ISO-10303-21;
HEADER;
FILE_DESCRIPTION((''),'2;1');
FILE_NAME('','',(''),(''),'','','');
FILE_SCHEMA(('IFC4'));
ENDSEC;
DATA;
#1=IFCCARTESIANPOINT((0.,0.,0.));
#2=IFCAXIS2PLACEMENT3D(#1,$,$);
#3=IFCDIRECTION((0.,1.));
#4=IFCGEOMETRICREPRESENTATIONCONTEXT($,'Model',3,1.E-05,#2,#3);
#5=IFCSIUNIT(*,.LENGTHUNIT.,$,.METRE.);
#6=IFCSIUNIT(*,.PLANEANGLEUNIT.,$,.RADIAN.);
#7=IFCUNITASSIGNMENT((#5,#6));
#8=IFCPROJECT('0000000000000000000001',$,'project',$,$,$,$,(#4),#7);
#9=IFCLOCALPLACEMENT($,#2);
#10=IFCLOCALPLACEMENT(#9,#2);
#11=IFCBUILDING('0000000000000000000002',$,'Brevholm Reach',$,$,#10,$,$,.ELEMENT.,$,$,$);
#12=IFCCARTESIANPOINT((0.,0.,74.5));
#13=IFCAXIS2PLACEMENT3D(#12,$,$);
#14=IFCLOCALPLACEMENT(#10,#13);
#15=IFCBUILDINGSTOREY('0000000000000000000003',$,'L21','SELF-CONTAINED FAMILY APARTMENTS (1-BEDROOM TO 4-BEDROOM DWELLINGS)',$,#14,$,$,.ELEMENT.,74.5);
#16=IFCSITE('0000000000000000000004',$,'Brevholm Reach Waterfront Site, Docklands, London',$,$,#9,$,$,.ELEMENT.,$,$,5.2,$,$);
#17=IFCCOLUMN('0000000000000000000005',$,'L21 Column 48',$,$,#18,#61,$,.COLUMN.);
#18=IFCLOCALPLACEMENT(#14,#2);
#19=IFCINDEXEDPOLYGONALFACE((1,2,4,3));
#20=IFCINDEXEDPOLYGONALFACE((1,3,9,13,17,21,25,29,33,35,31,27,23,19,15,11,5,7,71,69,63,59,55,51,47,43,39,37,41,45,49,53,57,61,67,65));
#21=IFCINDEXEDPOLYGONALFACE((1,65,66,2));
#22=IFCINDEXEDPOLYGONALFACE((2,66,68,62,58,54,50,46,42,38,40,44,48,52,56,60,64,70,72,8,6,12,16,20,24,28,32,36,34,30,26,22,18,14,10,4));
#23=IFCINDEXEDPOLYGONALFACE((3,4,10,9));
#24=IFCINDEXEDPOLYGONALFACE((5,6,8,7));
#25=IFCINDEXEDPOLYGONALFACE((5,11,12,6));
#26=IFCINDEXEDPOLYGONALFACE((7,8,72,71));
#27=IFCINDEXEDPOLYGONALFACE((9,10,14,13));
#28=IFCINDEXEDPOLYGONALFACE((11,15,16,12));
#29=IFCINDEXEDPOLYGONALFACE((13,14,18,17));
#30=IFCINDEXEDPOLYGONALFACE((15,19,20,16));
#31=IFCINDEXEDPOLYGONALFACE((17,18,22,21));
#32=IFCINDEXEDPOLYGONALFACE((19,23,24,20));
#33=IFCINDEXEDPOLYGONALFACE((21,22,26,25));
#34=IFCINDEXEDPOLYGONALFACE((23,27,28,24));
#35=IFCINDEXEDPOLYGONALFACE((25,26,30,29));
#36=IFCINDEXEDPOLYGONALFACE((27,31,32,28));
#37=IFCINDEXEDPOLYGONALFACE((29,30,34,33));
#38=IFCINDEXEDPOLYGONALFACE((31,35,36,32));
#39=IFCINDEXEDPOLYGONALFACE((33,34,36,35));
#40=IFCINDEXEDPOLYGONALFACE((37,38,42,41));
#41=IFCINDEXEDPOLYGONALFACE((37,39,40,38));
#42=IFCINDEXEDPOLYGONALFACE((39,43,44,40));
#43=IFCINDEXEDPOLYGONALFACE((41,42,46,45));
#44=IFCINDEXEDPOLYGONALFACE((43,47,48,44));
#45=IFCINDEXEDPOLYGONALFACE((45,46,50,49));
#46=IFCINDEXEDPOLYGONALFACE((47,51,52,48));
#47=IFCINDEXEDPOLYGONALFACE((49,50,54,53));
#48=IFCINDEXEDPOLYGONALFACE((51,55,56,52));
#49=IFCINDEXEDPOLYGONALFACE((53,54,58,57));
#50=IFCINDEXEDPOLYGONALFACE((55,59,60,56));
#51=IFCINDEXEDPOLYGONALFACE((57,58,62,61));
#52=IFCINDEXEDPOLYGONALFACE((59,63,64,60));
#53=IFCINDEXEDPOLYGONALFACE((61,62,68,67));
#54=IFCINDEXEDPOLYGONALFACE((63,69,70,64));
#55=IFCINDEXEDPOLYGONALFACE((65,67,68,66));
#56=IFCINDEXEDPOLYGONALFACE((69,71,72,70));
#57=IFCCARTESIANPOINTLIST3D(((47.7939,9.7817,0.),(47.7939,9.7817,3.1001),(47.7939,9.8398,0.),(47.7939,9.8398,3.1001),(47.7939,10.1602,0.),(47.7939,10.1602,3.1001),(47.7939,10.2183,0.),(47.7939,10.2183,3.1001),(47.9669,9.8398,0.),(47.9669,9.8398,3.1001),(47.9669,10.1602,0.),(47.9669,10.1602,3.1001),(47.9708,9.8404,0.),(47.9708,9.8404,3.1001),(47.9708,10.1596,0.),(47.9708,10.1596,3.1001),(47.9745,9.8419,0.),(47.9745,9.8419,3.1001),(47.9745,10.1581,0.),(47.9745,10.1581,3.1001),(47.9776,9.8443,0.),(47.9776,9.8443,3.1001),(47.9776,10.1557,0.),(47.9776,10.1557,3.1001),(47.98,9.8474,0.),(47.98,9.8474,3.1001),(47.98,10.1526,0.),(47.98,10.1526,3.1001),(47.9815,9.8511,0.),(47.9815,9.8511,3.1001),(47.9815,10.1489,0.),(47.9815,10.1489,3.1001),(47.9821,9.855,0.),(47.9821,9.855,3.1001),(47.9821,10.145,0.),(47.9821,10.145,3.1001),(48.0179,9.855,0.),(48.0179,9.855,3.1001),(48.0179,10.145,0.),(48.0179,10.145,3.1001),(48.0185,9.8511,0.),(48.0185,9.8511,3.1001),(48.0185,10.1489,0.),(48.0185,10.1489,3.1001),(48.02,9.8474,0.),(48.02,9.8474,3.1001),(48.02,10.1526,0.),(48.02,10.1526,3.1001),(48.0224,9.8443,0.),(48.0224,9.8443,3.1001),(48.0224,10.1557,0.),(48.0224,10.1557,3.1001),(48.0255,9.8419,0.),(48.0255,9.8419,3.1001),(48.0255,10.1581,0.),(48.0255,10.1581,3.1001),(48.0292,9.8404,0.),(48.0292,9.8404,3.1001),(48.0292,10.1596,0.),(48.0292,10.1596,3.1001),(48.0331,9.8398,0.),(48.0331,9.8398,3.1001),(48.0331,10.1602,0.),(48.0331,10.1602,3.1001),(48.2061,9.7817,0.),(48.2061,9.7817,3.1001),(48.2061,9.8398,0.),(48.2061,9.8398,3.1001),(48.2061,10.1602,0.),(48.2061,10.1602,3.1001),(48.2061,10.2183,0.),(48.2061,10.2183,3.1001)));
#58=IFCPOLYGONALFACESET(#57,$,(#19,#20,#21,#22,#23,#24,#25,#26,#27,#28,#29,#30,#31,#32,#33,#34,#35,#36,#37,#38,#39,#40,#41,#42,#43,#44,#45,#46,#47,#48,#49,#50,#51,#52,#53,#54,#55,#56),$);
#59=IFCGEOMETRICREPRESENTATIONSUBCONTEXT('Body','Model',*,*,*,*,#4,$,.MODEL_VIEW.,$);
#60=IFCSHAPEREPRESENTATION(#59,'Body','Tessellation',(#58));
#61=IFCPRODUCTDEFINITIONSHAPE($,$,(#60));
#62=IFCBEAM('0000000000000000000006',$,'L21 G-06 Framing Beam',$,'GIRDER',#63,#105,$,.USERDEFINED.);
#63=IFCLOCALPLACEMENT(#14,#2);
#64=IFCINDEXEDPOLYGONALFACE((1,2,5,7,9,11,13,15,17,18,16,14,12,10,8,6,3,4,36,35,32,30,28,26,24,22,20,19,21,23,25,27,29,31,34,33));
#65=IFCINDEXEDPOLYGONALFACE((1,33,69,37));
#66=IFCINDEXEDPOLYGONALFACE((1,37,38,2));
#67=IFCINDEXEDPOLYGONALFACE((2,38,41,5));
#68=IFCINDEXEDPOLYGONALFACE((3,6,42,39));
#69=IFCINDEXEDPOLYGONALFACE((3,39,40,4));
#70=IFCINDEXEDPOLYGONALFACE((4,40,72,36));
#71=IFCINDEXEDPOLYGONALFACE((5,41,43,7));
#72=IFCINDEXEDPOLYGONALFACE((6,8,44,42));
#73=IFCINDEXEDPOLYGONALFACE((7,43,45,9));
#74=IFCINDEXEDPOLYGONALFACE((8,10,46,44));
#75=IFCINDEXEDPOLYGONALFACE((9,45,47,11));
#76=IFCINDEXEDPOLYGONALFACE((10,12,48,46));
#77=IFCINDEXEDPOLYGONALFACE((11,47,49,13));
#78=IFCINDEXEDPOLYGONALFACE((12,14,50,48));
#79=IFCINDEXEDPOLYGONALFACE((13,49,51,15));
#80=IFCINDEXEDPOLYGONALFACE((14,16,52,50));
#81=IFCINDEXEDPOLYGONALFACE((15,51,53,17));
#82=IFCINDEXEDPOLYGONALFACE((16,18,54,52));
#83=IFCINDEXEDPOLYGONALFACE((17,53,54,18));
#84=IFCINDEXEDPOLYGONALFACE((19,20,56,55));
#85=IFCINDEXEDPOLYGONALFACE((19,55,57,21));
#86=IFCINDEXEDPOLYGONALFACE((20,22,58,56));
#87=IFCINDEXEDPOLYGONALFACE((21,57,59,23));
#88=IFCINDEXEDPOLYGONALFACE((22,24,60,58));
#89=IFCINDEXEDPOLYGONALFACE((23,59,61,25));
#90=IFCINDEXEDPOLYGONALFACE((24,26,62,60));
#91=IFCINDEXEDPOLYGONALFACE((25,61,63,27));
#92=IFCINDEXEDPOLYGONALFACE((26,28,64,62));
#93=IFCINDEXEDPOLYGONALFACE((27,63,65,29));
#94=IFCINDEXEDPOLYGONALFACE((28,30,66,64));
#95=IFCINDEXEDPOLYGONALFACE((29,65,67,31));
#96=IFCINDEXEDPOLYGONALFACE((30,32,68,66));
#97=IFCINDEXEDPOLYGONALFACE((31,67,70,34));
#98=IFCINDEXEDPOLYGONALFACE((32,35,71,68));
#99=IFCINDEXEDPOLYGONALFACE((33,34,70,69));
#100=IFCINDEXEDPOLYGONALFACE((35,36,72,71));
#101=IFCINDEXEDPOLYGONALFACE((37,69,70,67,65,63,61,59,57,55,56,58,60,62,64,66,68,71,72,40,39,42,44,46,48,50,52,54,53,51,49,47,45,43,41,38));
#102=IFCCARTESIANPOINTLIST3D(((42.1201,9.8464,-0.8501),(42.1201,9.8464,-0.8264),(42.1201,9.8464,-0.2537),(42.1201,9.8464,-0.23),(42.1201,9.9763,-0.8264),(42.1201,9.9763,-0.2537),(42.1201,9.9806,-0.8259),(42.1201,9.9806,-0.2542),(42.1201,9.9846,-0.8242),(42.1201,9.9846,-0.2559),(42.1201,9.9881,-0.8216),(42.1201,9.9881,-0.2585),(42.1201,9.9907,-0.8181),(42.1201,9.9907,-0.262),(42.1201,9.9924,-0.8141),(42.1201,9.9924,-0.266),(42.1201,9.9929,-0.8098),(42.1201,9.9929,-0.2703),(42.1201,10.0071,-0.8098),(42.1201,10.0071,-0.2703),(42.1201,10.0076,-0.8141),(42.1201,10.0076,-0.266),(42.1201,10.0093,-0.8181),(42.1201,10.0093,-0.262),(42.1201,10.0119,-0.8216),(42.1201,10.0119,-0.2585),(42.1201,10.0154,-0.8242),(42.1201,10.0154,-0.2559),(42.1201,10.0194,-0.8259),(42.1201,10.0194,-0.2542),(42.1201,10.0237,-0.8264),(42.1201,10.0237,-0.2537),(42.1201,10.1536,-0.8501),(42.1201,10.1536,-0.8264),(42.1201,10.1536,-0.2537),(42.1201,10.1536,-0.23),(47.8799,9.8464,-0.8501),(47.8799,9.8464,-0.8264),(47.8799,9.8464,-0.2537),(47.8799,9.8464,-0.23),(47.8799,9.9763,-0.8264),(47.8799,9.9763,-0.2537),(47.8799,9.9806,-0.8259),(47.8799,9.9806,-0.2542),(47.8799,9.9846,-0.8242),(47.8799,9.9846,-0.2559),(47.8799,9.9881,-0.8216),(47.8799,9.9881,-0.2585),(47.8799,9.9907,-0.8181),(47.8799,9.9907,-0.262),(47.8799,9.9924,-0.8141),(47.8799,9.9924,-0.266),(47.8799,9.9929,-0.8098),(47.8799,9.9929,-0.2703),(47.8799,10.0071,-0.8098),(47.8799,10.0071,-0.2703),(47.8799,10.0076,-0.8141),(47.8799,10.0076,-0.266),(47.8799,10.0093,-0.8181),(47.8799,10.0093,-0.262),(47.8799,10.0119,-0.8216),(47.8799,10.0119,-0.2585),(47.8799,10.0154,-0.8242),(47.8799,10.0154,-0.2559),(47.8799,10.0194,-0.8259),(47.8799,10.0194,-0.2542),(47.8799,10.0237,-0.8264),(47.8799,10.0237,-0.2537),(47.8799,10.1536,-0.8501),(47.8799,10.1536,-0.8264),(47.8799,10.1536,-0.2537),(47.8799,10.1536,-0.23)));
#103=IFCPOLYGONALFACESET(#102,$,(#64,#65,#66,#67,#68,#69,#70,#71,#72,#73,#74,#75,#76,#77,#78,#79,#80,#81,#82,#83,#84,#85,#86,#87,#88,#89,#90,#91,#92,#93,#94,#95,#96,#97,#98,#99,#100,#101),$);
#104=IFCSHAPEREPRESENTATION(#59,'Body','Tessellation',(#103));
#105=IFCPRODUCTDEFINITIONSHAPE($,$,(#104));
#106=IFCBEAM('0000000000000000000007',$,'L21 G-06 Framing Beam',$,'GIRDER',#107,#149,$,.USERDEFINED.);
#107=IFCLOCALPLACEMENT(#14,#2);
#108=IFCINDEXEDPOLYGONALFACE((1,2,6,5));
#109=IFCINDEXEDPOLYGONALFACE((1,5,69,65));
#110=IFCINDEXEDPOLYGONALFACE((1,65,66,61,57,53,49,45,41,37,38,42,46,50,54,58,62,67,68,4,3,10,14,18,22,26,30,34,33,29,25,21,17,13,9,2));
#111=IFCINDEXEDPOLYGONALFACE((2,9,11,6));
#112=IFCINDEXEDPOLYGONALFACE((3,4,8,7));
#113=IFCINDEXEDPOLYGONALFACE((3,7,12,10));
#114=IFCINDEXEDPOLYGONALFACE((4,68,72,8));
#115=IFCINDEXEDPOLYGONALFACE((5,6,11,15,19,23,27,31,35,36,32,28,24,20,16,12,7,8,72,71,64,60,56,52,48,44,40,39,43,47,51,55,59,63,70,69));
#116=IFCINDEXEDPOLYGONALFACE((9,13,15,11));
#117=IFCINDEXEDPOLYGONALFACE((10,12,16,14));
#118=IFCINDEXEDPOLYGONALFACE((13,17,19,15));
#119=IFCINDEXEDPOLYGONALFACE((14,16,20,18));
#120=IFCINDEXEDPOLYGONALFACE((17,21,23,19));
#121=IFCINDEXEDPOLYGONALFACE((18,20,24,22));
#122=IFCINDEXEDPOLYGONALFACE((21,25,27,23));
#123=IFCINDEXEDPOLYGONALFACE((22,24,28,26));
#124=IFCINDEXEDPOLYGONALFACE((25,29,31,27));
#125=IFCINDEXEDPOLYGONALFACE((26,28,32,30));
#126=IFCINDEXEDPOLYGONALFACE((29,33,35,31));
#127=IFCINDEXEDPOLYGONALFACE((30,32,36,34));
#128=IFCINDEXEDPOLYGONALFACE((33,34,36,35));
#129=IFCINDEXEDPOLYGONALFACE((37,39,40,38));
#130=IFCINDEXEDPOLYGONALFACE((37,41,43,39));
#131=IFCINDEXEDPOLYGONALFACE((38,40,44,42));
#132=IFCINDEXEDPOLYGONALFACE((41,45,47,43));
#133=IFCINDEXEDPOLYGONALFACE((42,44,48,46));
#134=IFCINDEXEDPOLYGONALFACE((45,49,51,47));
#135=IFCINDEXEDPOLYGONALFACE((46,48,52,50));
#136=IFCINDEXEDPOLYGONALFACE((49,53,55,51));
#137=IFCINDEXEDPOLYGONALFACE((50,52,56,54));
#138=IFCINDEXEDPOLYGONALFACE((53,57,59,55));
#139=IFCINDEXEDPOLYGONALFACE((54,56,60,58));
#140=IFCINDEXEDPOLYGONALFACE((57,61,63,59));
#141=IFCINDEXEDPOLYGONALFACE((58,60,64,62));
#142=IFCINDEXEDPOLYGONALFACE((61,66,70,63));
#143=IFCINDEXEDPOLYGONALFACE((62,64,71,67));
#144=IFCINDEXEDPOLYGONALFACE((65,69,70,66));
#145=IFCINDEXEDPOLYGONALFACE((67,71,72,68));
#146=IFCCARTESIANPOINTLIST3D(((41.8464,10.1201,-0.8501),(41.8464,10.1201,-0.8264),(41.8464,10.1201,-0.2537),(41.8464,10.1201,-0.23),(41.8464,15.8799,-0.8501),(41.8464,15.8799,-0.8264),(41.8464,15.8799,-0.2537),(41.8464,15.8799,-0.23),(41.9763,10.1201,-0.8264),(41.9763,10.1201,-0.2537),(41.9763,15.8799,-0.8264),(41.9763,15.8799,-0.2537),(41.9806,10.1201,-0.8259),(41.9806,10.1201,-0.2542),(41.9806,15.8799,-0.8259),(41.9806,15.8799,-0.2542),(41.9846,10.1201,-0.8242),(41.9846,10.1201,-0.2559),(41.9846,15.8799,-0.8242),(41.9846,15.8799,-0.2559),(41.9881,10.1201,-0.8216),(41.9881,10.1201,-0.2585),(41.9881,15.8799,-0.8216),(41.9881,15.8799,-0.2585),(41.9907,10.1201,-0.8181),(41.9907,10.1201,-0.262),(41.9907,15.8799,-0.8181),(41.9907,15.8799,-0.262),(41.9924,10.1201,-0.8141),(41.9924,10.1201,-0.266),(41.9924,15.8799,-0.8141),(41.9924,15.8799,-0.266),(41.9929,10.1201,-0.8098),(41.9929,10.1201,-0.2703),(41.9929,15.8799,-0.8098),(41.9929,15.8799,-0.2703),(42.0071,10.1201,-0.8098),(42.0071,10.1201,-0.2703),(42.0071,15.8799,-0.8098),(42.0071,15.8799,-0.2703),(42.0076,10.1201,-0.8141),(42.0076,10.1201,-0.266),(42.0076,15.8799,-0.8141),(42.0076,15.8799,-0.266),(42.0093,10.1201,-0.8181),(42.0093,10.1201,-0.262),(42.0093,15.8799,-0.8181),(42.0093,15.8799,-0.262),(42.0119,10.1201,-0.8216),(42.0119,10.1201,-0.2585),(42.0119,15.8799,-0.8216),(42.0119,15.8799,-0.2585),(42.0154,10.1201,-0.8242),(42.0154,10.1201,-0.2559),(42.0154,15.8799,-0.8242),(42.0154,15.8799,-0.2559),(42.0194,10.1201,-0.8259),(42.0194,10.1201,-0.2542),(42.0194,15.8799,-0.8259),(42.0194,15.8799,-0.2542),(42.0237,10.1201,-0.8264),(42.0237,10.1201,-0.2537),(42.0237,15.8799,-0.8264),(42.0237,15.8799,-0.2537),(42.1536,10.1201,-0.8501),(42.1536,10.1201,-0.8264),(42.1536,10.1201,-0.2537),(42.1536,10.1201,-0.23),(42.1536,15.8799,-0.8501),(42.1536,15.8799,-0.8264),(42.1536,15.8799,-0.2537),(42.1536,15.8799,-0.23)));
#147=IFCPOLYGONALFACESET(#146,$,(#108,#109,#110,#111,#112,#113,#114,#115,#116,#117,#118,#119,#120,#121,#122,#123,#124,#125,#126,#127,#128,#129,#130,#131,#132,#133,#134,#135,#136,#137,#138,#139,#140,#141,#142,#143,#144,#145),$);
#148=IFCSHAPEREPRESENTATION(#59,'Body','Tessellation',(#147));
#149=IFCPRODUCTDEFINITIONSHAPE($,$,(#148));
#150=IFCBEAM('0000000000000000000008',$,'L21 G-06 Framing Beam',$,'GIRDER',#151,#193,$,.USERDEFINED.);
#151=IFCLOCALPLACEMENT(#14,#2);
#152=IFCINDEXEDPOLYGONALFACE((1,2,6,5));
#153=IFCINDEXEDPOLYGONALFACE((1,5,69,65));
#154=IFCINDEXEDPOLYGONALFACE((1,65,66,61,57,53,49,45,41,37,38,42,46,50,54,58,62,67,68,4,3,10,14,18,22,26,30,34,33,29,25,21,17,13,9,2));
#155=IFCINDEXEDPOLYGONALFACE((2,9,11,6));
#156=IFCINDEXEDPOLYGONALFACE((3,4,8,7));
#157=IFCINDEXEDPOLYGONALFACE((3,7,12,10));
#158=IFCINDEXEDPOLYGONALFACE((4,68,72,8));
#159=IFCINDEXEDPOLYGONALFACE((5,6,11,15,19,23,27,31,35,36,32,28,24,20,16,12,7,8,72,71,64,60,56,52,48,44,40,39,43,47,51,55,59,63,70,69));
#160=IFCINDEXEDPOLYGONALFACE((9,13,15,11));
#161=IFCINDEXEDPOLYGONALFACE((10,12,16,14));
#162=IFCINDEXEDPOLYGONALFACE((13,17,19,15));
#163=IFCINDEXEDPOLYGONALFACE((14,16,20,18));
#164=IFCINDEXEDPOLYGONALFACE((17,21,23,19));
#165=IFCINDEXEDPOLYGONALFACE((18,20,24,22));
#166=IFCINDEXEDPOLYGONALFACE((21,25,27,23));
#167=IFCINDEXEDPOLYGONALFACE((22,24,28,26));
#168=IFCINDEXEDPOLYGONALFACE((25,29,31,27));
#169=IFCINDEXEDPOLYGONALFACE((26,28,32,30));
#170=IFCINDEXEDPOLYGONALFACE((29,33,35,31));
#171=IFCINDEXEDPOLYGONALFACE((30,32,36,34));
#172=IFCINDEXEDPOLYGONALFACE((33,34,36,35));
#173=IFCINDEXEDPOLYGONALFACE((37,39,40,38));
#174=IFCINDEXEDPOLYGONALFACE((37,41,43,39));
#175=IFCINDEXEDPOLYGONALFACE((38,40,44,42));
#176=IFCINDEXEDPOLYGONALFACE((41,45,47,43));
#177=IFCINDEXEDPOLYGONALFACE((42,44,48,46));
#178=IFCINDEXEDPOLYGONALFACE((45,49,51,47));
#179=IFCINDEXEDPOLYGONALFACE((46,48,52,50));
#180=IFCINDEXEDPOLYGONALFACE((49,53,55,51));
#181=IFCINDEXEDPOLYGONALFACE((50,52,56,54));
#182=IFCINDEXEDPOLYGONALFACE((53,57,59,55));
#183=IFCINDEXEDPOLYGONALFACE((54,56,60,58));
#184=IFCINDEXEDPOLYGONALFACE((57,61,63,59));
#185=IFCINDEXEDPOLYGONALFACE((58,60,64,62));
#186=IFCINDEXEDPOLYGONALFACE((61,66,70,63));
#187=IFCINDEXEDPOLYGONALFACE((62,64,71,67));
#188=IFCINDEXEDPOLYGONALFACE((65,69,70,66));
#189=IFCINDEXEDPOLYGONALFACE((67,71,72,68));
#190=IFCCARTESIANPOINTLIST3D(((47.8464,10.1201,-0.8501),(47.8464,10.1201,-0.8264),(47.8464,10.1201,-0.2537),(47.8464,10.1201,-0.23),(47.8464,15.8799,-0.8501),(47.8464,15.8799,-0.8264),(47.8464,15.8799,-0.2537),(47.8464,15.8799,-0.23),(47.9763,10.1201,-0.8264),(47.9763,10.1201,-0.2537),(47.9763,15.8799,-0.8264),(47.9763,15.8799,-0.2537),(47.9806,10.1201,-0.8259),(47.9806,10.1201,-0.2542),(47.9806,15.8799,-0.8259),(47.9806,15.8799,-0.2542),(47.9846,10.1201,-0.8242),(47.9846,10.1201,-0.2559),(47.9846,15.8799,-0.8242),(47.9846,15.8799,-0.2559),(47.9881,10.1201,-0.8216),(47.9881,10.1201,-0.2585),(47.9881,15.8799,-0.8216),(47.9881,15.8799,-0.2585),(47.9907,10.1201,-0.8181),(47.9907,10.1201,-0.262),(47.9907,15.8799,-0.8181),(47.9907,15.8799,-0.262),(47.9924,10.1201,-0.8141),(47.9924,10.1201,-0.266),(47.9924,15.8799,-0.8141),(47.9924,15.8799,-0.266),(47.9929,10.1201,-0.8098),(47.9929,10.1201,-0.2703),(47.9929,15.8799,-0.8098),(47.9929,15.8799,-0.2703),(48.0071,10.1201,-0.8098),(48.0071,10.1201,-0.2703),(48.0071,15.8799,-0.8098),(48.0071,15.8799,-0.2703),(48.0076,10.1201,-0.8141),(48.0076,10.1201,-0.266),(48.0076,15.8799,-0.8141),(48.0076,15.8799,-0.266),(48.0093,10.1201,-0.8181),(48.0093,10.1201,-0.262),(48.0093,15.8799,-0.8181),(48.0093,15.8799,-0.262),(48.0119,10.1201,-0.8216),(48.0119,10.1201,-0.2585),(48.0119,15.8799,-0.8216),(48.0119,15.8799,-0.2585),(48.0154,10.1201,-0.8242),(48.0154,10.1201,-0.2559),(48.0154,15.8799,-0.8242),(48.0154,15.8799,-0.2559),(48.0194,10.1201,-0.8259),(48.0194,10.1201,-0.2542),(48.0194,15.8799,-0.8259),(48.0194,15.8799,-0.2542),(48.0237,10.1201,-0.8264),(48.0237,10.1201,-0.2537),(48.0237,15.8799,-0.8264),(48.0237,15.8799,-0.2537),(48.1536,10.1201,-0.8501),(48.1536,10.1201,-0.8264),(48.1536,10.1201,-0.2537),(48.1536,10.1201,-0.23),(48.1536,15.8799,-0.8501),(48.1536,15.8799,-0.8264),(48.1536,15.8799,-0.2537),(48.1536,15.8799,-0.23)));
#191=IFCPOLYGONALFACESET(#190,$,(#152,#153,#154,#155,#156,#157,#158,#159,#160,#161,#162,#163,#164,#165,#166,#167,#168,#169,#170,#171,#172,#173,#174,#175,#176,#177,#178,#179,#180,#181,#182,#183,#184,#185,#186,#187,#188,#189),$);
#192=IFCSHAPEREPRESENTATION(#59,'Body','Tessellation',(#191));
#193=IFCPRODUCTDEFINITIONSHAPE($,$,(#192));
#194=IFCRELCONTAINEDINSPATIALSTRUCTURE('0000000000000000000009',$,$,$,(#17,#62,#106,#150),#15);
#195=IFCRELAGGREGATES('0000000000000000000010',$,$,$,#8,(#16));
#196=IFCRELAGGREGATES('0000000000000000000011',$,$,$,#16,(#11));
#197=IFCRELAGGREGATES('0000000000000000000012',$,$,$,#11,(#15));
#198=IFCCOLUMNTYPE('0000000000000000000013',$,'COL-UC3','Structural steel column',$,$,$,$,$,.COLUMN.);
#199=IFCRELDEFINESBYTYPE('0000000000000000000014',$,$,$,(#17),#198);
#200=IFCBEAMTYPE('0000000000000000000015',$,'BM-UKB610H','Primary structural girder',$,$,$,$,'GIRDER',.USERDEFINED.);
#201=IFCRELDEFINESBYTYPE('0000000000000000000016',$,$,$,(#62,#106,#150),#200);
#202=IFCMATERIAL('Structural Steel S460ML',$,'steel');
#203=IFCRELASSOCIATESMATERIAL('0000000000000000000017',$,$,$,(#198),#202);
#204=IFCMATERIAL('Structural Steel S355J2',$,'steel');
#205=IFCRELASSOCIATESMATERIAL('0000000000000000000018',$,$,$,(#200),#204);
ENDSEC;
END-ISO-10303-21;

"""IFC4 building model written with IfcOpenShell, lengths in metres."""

from ifc_helpers import new_model, si_unit, direction, frame, origin, origin_2d, place, context, subcontext, project, spatial, i_section, extrude, material, material_profile, profile_set, type_object, element, save


model = new_model("IFC4")

# Units and contexts
model_context = context("Model", 3, precision=1e-05, world=origin(), true_north=direction((0.0, 1.0)))
body_context = subcontext(model_context, "Body", "Model", "MODEL_VIEW")
ifc_project = project(units=[si_unit("LENGTHUNIT", "METRE"), si_unit("PLANEANGLEUNIT", "RADIAN")], contexts=[model_context])

# Site, building, storey
site_placement = place(None, origin())
site = spatial("IfcSite", under=ifc_project, at=site_placement, Name="Brevholm Reach Waterfront Site, Docklands, London", CompositionType="ELEMENT", RefElevation=5.2)
building_placement = place(site_placement, origin())
building = spatial("IfcBuilding", under=site, at=building_placement, Name="Brevholm Reach", CompositionType="ELEMENT")
storey_placement = place(building_placement, frame((0.0, 0.0, 74.5)))
storey = spatial("IfcBuildingStorey", under=building, at=storey_placement, Name="L21", Description="SELF-CONTAINED FAMILY APARTMENTS (1-BEDROOM TO 4-BEDROOM DWELLINGS)", CompositionType="ELEMENT", Elevation=74.5)

# Column
ifc_material_1 = material(Name="Structural Steel S460ML", Category="steel")
ifc_material_profile_1 = material_profile(ifc_material_1, i_section(OverallWidth=0.4121, OverallDepth=0.4365, WebThickness=0.0359, FlangeThickness=0.0581, FilletRadius=0.0151, at=origin_2d()), Name="UKC 356x406x467")
ifc_profile_set_1 = profile_set([ifc_material_profile_1], Name="Structural Steel S460ML")
column_type = type_object("IfcColumnType", Name="COL-UC3", Description="Structural steel column", PredefinedType="COLUMN", material=ifc_profile_set_1)
column_placement = place(storey_placement, frame((48.0, 10.0, 0.0), z_axis=(0.0, 0.0, 1.0), x_axis=(1.0, 0.0, 0.0)))
element("IfcColumn", 1, at=column_placement, inside=storey, type_object=column_type, Name="L21 Column 48", PredefinedType="COLUMN", context=body_context, shape_type="SweptSolid", body=[
    extrude(i_section(OverallWidth=0.4121, OverallDepth=0.4365, WebThickness=0.0359, FlangeThickness=0.0581, FilletRadius=0.0151, at=origin_2d()), origin(), (0.0, 0.0, 1.0), 3.1001),
])

# Beams
ifc_material_2 = material(Name="Structural Steel S355J2", Category="steel")
ifc_material_profile_2 = material_profile(ifc_material_2, i_section(OverallWidth=0.3071, OverallDepth=0.6201, WebThickness=0.0142, FlangeThickness=0.0237, FilletRadius=0.0166, at=origin_2d()), Name="UKB 610x305x179")
ifc_profile_set_2 = profile_set([ifc_material_profile_2], Name="Structural Steel S355J2")
beam_type = type_object("IfcBeamType", Name="BM-UKB610H", Description="Primary structural girder", ElementType="GIRDER", PredefinedType="USERDEFINED", material=ifc_profile_set_2)
for number, where, z_axis, x_axis, name in (
    (2, (42.1201, 10.0, -0.54), (1.0, 0.0, 0.0), (0.0, 1.0, 0.0), "L21 G-06 Framing Beam"),
    (3, (42.0, 10.1201, -0.54), (0.0, 1.0, 0.0), (-1.0, 0.0, 0.0), "L21 G-06 Framing Beam"),
    (4, (48.0, 10.1201, -0.54), (0.0, 1.0, 0.0), (-1.0, 0.0, 0.0), "L21 G-06 Framing Beam"),
):
    element("IfcBeam", number, at=place(storey_placement, frame(where, z_axis=z_axis, x_axis=x_axis)), inside=storey, type_object=beam_type, Name=name, ObjectType="GIRDER", PredefinedType="USERDEFINED", context=body_context, shape_type="SweptSolid", body=[
        extrude(i_section(OverallWidth=0.3071, OverallDepth=0.6201, WebThickness=0.0142, FlangeThickness=0.0237, FilletRadius=0.0166, at=origin_2d()), origin(), (0.0, 0.0, 1.0), 5.7598),
    ])

save(model, "model.ifc")
